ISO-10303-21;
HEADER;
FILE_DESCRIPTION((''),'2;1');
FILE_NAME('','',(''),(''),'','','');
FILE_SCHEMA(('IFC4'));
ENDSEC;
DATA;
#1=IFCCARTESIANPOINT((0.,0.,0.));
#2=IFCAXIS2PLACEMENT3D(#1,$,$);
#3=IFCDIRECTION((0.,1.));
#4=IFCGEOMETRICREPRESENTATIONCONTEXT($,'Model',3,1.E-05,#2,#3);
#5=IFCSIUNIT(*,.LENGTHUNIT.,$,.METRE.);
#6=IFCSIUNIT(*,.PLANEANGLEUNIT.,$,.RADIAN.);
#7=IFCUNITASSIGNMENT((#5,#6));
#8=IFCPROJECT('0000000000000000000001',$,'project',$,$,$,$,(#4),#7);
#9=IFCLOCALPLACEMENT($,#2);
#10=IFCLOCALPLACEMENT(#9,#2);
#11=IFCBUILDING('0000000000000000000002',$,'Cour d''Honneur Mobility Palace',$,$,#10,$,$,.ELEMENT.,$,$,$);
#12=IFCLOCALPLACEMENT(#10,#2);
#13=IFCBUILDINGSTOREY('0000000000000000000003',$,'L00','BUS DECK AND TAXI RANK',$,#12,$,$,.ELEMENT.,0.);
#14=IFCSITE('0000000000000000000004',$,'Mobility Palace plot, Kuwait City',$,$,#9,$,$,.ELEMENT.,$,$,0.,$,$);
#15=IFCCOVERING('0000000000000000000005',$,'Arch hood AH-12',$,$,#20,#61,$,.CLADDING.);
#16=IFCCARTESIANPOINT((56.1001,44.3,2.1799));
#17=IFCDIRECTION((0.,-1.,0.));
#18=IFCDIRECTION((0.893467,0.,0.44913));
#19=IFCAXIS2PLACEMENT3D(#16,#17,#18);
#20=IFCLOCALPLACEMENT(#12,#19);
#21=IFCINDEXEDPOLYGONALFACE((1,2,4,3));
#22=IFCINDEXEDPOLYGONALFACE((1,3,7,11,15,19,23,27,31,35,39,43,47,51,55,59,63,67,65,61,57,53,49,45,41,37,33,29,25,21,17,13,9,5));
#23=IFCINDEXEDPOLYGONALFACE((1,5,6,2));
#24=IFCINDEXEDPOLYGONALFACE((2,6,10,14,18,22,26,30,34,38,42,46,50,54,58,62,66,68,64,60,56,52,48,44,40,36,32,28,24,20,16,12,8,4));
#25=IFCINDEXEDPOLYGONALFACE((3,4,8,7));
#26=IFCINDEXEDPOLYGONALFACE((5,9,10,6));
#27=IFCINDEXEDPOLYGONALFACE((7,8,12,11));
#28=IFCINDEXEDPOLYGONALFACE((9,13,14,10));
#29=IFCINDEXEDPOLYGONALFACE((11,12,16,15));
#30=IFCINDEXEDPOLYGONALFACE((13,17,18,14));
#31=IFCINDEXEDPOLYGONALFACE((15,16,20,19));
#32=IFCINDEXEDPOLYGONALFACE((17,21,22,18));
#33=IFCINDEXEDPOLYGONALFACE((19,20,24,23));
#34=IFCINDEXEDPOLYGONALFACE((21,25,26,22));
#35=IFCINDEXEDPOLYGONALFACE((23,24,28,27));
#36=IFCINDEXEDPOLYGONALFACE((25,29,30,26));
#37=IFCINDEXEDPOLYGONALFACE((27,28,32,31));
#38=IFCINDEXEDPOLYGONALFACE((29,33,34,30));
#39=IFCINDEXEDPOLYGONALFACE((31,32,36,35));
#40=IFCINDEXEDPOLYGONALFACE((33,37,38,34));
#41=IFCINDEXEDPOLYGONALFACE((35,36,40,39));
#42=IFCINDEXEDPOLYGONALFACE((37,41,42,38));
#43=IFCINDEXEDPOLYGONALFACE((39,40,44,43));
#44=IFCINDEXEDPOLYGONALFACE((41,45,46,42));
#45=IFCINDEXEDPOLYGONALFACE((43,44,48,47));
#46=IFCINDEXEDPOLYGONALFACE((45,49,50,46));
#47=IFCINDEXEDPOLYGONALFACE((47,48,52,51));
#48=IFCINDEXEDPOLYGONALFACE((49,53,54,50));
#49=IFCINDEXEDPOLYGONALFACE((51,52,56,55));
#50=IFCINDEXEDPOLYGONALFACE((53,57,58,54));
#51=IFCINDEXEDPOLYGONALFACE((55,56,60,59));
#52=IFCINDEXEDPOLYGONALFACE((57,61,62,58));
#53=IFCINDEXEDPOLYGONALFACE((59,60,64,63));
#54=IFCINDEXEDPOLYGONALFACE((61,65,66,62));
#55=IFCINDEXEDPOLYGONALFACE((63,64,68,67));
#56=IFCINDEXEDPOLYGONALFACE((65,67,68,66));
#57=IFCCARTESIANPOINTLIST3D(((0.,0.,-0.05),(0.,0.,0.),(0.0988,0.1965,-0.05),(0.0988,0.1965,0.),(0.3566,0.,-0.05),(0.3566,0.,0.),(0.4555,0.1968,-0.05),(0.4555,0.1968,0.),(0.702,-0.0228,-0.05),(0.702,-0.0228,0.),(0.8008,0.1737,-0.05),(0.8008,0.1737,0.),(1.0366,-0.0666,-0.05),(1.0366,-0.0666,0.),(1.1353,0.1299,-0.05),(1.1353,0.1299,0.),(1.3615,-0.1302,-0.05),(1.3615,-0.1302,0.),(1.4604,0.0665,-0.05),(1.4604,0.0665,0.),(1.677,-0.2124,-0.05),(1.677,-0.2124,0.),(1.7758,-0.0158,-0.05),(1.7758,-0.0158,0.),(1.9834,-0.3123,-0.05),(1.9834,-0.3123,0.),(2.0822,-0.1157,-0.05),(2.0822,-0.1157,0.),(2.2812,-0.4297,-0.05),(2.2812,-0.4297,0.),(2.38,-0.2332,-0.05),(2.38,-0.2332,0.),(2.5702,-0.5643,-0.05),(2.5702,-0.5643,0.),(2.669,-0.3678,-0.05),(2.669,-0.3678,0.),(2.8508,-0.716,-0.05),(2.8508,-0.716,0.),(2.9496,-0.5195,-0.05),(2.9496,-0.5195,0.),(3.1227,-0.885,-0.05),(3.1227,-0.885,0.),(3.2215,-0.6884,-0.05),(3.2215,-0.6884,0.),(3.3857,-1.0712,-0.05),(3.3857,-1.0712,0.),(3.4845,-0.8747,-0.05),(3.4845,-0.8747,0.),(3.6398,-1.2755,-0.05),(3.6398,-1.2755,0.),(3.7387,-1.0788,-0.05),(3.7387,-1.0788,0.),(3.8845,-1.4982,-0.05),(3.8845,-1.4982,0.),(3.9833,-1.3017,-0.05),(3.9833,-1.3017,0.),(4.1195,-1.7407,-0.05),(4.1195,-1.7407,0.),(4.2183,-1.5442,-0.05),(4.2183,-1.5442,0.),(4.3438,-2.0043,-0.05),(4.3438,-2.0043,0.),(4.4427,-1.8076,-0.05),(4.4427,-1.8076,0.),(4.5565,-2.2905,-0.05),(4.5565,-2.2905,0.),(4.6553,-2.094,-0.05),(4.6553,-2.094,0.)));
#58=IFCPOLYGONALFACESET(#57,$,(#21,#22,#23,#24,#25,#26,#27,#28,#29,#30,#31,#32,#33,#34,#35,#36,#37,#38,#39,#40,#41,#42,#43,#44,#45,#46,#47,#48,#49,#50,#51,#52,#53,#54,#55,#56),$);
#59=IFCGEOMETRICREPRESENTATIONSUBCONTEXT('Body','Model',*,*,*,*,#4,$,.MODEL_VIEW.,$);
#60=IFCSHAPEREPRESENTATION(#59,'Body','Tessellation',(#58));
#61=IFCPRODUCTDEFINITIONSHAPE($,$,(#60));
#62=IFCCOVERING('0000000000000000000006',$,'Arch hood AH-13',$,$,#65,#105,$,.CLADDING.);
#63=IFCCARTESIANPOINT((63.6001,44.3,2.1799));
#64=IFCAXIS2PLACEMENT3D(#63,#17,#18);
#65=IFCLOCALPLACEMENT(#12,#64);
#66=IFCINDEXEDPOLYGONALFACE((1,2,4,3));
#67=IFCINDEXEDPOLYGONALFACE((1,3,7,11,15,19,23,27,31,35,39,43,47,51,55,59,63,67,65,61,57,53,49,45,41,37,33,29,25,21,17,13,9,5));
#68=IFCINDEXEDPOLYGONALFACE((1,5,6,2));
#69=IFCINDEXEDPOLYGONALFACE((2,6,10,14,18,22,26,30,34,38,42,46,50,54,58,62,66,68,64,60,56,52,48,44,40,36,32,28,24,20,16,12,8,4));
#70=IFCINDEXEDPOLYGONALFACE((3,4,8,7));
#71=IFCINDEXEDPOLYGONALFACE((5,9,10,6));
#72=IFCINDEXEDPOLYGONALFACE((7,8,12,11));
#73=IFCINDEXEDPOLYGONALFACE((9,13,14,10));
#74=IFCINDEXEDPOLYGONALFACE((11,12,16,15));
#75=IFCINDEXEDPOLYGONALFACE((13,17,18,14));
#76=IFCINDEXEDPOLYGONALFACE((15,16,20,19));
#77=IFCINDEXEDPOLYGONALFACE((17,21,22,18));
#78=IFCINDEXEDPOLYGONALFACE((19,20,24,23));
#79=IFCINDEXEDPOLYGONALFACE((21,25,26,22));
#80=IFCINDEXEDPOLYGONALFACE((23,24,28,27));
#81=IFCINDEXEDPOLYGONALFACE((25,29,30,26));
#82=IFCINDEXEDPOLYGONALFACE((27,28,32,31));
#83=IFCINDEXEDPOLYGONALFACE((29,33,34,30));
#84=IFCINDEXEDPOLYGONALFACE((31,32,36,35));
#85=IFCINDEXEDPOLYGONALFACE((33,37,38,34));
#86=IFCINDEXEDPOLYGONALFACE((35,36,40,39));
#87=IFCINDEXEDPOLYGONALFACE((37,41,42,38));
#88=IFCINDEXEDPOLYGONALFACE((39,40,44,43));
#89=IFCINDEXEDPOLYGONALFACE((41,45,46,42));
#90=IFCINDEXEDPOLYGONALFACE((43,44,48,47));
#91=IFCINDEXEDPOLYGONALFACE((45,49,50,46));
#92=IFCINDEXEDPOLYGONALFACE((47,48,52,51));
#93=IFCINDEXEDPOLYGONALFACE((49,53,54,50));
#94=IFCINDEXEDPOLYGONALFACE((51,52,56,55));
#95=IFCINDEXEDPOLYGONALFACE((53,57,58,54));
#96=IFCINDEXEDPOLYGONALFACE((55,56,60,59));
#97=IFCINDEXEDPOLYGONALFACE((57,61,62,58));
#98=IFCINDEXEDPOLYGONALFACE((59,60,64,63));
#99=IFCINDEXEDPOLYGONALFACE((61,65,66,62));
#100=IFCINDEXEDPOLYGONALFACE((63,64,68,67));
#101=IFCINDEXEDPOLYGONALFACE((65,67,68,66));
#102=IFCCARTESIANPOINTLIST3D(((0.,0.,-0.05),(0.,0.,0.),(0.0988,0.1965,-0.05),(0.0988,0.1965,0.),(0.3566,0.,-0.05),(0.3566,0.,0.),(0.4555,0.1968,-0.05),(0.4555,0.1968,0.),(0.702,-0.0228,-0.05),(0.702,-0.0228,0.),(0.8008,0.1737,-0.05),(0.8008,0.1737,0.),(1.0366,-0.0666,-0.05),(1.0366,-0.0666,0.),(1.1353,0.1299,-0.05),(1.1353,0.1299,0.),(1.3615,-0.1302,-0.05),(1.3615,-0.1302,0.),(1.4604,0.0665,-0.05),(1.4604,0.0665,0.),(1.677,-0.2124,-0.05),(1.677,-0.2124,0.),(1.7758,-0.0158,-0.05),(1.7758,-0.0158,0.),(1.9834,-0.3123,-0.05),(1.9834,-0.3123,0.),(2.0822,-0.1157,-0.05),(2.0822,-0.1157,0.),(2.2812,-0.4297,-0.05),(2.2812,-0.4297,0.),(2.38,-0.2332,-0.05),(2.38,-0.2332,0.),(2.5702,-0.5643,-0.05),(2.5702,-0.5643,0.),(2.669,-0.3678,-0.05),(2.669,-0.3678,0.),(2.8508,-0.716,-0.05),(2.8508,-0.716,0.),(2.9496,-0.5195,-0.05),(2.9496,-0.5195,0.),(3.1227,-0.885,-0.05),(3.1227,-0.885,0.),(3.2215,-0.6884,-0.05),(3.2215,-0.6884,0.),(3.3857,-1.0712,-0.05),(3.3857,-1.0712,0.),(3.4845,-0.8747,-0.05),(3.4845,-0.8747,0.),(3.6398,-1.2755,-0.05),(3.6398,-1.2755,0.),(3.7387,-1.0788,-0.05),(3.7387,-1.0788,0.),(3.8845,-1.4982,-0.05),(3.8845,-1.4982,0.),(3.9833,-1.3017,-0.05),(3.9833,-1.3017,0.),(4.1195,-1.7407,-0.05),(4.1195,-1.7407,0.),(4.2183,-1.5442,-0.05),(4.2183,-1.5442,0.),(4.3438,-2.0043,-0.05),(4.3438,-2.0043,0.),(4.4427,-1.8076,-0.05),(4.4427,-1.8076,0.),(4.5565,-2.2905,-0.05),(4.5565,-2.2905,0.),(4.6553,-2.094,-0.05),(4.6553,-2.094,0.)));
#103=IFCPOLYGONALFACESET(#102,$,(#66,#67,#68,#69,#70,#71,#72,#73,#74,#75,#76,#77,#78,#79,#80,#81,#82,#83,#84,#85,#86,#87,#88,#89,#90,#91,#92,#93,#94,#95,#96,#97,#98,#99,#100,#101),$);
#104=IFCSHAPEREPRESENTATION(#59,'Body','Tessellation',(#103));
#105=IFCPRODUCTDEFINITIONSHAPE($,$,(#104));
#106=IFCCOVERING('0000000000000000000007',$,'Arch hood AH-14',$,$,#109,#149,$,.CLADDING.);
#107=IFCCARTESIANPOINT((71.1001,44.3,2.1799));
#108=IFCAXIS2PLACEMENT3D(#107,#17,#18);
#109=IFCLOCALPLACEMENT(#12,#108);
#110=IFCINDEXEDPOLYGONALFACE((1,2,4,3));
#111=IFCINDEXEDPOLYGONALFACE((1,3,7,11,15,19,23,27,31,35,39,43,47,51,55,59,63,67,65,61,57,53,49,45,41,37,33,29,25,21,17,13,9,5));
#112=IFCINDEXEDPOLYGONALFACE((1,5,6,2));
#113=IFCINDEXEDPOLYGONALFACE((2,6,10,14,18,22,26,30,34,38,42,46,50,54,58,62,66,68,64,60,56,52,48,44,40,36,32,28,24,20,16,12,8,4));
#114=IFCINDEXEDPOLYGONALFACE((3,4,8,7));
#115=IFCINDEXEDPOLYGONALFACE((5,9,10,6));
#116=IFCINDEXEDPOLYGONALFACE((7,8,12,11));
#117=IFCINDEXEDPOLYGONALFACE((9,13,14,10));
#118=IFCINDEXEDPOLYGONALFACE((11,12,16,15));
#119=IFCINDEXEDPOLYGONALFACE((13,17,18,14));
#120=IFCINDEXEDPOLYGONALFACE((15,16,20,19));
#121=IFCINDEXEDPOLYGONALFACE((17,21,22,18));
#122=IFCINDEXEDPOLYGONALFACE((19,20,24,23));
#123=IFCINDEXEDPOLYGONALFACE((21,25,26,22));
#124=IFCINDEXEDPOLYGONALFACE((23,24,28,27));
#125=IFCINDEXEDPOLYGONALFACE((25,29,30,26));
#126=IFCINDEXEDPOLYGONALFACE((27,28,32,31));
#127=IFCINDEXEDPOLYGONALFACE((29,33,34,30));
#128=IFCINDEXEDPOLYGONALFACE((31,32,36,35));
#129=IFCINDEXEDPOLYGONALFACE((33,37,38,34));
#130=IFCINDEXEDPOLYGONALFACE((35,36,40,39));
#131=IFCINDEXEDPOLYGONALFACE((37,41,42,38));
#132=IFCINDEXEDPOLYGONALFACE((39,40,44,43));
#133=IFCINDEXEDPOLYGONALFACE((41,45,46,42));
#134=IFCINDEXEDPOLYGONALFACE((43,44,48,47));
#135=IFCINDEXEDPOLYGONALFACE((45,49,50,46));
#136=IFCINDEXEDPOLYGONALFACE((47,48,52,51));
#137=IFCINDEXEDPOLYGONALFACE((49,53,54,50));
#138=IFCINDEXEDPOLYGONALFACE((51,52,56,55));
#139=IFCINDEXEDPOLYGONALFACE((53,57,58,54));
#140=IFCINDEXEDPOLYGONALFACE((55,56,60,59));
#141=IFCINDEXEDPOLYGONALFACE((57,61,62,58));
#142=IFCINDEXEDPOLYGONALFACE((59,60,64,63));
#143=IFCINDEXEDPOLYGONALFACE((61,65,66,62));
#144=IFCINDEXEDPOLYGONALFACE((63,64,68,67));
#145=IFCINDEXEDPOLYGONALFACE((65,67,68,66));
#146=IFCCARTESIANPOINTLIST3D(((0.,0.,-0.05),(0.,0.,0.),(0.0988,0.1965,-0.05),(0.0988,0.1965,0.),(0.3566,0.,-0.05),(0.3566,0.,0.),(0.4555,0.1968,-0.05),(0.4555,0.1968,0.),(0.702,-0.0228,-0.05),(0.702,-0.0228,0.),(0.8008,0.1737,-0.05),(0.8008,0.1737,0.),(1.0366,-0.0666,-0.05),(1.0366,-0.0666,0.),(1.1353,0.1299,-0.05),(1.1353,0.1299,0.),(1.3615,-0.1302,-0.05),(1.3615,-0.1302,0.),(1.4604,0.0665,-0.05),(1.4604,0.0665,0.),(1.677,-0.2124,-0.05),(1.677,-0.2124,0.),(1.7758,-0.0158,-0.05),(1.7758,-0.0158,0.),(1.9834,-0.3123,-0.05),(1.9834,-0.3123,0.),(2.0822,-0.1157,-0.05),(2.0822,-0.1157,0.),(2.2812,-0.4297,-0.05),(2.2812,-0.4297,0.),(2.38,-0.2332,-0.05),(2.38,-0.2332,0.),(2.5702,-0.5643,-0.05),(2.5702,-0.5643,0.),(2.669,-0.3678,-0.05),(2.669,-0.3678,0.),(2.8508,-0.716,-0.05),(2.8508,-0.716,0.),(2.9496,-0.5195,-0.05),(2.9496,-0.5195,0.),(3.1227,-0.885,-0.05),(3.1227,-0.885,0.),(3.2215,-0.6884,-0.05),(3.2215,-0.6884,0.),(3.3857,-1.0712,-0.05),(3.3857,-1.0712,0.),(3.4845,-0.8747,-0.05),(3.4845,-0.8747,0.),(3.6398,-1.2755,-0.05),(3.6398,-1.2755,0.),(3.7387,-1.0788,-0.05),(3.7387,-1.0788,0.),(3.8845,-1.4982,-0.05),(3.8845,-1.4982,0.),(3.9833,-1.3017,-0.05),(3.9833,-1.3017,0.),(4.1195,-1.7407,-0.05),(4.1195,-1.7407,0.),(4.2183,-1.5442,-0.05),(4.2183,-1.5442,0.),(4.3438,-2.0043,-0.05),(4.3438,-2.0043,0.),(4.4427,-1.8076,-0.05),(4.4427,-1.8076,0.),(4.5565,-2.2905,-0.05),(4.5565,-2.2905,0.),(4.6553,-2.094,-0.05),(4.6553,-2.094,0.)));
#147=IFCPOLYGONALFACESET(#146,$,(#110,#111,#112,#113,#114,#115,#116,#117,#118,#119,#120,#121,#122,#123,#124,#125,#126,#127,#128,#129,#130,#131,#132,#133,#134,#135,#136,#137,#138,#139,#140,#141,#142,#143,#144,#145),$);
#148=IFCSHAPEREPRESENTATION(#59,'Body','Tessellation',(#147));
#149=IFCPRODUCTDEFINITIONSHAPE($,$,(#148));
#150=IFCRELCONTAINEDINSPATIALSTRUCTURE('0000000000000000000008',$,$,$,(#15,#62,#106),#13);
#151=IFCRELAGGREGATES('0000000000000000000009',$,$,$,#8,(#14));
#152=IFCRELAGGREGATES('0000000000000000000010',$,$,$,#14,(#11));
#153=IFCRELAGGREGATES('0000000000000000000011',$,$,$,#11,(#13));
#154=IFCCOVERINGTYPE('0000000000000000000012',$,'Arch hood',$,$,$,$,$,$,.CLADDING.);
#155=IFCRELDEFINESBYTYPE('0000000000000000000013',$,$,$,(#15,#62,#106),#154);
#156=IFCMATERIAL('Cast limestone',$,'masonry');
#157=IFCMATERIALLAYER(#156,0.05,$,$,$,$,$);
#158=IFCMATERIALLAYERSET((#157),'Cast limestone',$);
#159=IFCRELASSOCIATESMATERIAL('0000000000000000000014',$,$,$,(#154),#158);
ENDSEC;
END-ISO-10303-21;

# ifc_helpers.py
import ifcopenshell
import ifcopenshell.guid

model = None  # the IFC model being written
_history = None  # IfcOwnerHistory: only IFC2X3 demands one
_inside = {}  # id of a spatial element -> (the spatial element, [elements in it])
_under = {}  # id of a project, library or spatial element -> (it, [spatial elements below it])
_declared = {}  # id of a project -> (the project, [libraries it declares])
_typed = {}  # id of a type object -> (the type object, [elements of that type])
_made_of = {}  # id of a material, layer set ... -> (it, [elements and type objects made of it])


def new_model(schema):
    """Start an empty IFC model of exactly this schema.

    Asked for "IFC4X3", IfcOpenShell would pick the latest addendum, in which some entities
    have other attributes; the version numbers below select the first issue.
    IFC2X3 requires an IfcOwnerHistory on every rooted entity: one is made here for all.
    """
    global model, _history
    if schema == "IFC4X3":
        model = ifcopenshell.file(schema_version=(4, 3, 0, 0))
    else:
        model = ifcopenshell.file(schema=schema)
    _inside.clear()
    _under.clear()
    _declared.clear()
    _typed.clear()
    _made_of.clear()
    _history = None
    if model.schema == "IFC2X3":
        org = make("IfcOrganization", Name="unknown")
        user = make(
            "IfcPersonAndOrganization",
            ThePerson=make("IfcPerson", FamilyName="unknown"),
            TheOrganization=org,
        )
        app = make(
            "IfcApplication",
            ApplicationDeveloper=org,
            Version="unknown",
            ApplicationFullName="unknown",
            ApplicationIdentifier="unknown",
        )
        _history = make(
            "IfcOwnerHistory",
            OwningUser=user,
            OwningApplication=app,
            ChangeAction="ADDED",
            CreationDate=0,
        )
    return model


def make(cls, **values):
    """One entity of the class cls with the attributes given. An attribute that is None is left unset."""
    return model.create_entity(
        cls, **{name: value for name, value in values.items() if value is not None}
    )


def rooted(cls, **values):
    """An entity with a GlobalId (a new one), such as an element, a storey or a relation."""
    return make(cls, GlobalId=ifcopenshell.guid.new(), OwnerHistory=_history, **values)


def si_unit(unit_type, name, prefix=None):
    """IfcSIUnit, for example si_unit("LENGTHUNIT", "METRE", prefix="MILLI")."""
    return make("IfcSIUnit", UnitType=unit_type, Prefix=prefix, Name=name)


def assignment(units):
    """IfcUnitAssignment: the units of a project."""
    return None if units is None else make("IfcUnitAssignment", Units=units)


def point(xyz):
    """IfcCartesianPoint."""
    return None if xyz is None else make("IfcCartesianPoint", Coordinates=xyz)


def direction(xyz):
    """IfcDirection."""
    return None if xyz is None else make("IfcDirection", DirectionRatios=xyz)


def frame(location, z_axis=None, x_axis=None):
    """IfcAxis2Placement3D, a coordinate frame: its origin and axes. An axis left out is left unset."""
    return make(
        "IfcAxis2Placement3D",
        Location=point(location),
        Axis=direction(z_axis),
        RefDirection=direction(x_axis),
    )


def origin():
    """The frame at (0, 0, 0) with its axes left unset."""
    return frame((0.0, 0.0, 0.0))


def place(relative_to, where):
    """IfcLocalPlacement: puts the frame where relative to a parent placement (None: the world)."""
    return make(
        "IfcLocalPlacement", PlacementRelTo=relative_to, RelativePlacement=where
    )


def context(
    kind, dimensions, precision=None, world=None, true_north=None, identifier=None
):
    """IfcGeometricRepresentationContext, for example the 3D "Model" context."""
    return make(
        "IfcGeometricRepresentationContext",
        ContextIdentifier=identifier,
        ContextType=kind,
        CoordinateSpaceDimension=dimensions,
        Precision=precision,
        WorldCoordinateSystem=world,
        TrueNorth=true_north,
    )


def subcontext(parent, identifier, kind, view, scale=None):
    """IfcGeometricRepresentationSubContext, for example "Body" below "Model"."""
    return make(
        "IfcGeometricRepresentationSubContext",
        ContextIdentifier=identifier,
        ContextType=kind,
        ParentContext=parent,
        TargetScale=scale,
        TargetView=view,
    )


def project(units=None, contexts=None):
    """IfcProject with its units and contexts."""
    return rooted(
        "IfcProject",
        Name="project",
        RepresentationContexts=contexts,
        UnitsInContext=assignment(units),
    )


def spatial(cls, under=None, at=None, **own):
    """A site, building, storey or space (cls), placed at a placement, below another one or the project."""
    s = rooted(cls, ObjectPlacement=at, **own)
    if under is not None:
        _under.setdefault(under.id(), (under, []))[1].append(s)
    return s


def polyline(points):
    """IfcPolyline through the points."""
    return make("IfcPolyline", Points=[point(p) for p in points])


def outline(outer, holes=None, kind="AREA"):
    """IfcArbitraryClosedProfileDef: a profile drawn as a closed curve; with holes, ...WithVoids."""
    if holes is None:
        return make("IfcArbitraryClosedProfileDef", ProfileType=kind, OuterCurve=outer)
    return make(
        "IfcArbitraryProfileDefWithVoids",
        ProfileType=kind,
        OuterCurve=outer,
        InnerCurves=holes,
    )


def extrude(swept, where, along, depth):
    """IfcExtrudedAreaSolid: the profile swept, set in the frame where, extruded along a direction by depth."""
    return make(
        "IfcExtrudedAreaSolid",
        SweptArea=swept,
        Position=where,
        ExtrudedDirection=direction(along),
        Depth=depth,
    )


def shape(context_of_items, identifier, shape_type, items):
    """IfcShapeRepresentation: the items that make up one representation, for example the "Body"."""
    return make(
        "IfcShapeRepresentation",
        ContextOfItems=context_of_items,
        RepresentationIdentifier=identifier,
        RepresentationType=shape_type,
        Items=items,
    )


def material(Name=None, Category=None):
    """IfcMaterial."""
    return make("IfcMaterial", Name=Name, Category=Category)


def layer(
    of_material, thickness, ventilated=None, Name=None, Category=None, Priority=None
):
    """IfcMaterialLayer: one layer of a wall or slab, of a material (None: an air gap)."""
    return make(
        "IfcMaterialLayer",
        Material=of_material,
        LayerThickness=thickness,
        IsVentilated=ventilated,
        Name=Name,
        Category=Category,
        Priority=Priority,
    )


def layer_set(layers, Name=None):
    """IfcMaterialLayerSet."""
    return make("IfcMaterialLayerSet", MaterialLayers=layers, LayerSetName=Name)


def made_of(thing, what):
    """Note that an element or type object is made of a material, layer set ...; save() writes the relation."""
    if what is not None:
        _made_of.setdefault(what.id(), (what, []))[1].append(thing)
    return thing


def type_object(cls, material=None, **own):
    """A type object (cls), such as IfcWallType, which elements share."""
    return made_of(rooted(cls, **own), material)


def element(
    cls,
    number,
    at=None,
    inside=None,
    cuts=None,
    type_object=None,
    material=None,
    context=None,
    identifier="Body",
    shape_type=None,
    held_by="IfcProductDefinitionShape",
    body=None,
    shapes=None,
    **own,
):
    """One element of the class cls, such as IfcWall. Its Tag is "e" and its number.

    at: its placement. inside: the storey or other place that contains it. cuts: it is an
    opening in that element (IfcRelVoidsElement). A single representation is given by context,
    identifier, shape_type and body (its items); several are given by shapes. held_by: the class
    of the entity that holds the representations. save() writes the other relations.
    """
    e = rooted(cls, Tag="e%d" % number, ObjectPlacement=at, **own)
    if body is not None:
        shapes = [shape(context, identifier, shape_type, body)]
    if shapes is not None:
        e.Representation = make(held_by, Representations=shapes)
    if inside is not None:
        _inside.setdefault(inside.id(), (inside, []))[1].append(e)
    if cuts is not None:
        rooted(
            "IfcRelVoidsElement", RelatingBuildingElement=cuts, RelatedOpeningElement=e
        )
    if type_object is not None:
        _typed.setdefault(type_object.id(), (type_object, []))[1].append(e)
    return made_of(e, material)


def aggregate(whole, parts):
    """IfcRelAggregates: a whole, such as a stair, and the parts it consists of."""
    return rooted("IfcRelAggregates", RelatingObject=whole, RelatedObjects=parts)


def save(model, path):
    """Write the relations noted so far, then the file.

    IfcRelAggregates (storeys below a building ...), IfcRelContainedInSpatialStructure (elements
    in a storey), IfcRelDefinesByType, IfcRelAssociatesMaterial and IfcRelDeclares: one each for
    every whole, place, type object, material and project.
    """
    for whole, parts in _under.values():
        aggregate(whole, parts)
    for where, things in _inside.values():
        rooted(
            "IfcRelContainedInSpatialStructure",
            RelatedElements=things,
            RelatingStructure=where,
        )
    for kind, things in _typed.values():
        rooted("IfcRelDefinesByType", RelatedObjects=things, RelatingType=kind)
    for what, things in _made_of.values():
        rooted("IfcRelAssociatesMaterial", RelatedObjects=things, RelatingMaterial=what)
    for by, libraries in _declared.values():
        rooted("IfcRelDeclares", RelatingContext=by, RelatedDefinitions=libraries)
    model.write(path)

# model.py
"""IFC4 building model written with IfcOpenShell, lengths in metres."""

from ifc_helpers import new_model, si_unit, direction, frame, origin, place, context, subcontext, project, spatial, polyline, outline, extrude, material, layer, layer_set, type_object, element, save


model = new_model("IFC4")

# Units and contexts
model_context = context("Model", 3, precision=1e-05, world=origin(), true_north=direction((0.0, 1.0)))
body_context = subcontext(model_context, "Body", "Model", "MODEL_VIEW")
ifc_project = project(units=[si_unit("LENGTHUNIT", "METRE"), si_unit("PLANEANGLEUNIT", "RADIAN")], contexts=[model_context])

# Site, building, storey
site_placement = place(None, origin())
site = spatial("IfcSite", under=ifc_project, at=site_placement, Name="Mobility Palace plot, Kuwait City", CompositionType="ELEMENT", RefElevation=0.0)
building_placement = place(site_placement, origin())
building = spatial("IfcBuilding", under=site, at=building_placement, Name="Cour d'Honneur Mobility Palace", CompositionType="ELEMENT")
storey_placement = place(building_placement, origin())
storey = spatial("IfcBuildingStorey", under=building, at=storey_placement, Name="L00", Description="BUS DECK AND TAXI RANK", CompositionType="ELEMENT", Elevation=0.0)

# Coverings
ifc_material_1 = material(Name="Cast limestone", Category="masonry")
ifc_layer_1 = layer(ifc_material_1, 0.05)
ifc_layer_set_1 = layer_set([ifc_layer_1], Name="Cast limestone")
covering_type_1 = type_object("IfcCoveringType", Name="Arch hood", PredefinedType="CLADDING", material=ifc_layer_set_1)
for number, where, z_axis, x_axis, name in (
    (1, (56.1001, 44.3, 2.1799), (0.0, -1.0, 0.0), (0.893467, 0.0, 0.44913), "Arch hood AH-12"),
    (2, (63.6001, 44.3, 2.1799), (0.0, -1.0, 0.0), (0.893467, 0.0, 0.44913), "Arch hood AH-13"),
    (3, (71.1001, 44.3, 2.1799), (0.0, -1.0, 0.0), (0.893467, 0.0, 0.44913), "Arch hood AH-14"),
):
    element("IfcCovering", number, at=place(storey_placement, frame(where, z_axis=z_axis, x_axis=x_axis)), inside=storey, type_object=covering_type_1, Name=name, PredefinedType="CLADDING", context=body_context, shape_type="SweptSolid", body=[
        extrude(outline(polyline([(0.0, 0.0), (0.3566, 0.0), (0.702, -0.0228), (1.0366, -0.0666), (1.3615, -0.1302), (1.677, -0.2124), (1.9834, -0.3123), (2.2812, -0.4297), (2.5702, -0.5643), (2.8508, -0.716), (3.1227, -0.885), (3.3857, -1.0712), (3.6398, -1.2755), (3.8845, -1.4982), (4.1195, -1.7407), (4.3438, -2.0043), (4.5565, -2.2905), (4.6553, -2.094), (4.4427, -1.8076), (4.2183, -1.5442), (3.9833, -1.3017), (3.7387, -1.0788), (3.4845, -0.8747), (3.2215, -0.6884), (2.9496, -0.5195), (2.669, -0.3678), (2.38, -0.2332), (2.0822, -0.1157), (1.7758, -0.0158), (1.4604, 0.0665), (1.1353, 0.1299), (0.8008, 0.1737), (0.4555, 0.1968), (0.0988, 0.1965), (0.0, 0.0)])), origin(), (0.0, 0.0, -1.0), 0.05),
    ])

save(model, "model.ifc")
